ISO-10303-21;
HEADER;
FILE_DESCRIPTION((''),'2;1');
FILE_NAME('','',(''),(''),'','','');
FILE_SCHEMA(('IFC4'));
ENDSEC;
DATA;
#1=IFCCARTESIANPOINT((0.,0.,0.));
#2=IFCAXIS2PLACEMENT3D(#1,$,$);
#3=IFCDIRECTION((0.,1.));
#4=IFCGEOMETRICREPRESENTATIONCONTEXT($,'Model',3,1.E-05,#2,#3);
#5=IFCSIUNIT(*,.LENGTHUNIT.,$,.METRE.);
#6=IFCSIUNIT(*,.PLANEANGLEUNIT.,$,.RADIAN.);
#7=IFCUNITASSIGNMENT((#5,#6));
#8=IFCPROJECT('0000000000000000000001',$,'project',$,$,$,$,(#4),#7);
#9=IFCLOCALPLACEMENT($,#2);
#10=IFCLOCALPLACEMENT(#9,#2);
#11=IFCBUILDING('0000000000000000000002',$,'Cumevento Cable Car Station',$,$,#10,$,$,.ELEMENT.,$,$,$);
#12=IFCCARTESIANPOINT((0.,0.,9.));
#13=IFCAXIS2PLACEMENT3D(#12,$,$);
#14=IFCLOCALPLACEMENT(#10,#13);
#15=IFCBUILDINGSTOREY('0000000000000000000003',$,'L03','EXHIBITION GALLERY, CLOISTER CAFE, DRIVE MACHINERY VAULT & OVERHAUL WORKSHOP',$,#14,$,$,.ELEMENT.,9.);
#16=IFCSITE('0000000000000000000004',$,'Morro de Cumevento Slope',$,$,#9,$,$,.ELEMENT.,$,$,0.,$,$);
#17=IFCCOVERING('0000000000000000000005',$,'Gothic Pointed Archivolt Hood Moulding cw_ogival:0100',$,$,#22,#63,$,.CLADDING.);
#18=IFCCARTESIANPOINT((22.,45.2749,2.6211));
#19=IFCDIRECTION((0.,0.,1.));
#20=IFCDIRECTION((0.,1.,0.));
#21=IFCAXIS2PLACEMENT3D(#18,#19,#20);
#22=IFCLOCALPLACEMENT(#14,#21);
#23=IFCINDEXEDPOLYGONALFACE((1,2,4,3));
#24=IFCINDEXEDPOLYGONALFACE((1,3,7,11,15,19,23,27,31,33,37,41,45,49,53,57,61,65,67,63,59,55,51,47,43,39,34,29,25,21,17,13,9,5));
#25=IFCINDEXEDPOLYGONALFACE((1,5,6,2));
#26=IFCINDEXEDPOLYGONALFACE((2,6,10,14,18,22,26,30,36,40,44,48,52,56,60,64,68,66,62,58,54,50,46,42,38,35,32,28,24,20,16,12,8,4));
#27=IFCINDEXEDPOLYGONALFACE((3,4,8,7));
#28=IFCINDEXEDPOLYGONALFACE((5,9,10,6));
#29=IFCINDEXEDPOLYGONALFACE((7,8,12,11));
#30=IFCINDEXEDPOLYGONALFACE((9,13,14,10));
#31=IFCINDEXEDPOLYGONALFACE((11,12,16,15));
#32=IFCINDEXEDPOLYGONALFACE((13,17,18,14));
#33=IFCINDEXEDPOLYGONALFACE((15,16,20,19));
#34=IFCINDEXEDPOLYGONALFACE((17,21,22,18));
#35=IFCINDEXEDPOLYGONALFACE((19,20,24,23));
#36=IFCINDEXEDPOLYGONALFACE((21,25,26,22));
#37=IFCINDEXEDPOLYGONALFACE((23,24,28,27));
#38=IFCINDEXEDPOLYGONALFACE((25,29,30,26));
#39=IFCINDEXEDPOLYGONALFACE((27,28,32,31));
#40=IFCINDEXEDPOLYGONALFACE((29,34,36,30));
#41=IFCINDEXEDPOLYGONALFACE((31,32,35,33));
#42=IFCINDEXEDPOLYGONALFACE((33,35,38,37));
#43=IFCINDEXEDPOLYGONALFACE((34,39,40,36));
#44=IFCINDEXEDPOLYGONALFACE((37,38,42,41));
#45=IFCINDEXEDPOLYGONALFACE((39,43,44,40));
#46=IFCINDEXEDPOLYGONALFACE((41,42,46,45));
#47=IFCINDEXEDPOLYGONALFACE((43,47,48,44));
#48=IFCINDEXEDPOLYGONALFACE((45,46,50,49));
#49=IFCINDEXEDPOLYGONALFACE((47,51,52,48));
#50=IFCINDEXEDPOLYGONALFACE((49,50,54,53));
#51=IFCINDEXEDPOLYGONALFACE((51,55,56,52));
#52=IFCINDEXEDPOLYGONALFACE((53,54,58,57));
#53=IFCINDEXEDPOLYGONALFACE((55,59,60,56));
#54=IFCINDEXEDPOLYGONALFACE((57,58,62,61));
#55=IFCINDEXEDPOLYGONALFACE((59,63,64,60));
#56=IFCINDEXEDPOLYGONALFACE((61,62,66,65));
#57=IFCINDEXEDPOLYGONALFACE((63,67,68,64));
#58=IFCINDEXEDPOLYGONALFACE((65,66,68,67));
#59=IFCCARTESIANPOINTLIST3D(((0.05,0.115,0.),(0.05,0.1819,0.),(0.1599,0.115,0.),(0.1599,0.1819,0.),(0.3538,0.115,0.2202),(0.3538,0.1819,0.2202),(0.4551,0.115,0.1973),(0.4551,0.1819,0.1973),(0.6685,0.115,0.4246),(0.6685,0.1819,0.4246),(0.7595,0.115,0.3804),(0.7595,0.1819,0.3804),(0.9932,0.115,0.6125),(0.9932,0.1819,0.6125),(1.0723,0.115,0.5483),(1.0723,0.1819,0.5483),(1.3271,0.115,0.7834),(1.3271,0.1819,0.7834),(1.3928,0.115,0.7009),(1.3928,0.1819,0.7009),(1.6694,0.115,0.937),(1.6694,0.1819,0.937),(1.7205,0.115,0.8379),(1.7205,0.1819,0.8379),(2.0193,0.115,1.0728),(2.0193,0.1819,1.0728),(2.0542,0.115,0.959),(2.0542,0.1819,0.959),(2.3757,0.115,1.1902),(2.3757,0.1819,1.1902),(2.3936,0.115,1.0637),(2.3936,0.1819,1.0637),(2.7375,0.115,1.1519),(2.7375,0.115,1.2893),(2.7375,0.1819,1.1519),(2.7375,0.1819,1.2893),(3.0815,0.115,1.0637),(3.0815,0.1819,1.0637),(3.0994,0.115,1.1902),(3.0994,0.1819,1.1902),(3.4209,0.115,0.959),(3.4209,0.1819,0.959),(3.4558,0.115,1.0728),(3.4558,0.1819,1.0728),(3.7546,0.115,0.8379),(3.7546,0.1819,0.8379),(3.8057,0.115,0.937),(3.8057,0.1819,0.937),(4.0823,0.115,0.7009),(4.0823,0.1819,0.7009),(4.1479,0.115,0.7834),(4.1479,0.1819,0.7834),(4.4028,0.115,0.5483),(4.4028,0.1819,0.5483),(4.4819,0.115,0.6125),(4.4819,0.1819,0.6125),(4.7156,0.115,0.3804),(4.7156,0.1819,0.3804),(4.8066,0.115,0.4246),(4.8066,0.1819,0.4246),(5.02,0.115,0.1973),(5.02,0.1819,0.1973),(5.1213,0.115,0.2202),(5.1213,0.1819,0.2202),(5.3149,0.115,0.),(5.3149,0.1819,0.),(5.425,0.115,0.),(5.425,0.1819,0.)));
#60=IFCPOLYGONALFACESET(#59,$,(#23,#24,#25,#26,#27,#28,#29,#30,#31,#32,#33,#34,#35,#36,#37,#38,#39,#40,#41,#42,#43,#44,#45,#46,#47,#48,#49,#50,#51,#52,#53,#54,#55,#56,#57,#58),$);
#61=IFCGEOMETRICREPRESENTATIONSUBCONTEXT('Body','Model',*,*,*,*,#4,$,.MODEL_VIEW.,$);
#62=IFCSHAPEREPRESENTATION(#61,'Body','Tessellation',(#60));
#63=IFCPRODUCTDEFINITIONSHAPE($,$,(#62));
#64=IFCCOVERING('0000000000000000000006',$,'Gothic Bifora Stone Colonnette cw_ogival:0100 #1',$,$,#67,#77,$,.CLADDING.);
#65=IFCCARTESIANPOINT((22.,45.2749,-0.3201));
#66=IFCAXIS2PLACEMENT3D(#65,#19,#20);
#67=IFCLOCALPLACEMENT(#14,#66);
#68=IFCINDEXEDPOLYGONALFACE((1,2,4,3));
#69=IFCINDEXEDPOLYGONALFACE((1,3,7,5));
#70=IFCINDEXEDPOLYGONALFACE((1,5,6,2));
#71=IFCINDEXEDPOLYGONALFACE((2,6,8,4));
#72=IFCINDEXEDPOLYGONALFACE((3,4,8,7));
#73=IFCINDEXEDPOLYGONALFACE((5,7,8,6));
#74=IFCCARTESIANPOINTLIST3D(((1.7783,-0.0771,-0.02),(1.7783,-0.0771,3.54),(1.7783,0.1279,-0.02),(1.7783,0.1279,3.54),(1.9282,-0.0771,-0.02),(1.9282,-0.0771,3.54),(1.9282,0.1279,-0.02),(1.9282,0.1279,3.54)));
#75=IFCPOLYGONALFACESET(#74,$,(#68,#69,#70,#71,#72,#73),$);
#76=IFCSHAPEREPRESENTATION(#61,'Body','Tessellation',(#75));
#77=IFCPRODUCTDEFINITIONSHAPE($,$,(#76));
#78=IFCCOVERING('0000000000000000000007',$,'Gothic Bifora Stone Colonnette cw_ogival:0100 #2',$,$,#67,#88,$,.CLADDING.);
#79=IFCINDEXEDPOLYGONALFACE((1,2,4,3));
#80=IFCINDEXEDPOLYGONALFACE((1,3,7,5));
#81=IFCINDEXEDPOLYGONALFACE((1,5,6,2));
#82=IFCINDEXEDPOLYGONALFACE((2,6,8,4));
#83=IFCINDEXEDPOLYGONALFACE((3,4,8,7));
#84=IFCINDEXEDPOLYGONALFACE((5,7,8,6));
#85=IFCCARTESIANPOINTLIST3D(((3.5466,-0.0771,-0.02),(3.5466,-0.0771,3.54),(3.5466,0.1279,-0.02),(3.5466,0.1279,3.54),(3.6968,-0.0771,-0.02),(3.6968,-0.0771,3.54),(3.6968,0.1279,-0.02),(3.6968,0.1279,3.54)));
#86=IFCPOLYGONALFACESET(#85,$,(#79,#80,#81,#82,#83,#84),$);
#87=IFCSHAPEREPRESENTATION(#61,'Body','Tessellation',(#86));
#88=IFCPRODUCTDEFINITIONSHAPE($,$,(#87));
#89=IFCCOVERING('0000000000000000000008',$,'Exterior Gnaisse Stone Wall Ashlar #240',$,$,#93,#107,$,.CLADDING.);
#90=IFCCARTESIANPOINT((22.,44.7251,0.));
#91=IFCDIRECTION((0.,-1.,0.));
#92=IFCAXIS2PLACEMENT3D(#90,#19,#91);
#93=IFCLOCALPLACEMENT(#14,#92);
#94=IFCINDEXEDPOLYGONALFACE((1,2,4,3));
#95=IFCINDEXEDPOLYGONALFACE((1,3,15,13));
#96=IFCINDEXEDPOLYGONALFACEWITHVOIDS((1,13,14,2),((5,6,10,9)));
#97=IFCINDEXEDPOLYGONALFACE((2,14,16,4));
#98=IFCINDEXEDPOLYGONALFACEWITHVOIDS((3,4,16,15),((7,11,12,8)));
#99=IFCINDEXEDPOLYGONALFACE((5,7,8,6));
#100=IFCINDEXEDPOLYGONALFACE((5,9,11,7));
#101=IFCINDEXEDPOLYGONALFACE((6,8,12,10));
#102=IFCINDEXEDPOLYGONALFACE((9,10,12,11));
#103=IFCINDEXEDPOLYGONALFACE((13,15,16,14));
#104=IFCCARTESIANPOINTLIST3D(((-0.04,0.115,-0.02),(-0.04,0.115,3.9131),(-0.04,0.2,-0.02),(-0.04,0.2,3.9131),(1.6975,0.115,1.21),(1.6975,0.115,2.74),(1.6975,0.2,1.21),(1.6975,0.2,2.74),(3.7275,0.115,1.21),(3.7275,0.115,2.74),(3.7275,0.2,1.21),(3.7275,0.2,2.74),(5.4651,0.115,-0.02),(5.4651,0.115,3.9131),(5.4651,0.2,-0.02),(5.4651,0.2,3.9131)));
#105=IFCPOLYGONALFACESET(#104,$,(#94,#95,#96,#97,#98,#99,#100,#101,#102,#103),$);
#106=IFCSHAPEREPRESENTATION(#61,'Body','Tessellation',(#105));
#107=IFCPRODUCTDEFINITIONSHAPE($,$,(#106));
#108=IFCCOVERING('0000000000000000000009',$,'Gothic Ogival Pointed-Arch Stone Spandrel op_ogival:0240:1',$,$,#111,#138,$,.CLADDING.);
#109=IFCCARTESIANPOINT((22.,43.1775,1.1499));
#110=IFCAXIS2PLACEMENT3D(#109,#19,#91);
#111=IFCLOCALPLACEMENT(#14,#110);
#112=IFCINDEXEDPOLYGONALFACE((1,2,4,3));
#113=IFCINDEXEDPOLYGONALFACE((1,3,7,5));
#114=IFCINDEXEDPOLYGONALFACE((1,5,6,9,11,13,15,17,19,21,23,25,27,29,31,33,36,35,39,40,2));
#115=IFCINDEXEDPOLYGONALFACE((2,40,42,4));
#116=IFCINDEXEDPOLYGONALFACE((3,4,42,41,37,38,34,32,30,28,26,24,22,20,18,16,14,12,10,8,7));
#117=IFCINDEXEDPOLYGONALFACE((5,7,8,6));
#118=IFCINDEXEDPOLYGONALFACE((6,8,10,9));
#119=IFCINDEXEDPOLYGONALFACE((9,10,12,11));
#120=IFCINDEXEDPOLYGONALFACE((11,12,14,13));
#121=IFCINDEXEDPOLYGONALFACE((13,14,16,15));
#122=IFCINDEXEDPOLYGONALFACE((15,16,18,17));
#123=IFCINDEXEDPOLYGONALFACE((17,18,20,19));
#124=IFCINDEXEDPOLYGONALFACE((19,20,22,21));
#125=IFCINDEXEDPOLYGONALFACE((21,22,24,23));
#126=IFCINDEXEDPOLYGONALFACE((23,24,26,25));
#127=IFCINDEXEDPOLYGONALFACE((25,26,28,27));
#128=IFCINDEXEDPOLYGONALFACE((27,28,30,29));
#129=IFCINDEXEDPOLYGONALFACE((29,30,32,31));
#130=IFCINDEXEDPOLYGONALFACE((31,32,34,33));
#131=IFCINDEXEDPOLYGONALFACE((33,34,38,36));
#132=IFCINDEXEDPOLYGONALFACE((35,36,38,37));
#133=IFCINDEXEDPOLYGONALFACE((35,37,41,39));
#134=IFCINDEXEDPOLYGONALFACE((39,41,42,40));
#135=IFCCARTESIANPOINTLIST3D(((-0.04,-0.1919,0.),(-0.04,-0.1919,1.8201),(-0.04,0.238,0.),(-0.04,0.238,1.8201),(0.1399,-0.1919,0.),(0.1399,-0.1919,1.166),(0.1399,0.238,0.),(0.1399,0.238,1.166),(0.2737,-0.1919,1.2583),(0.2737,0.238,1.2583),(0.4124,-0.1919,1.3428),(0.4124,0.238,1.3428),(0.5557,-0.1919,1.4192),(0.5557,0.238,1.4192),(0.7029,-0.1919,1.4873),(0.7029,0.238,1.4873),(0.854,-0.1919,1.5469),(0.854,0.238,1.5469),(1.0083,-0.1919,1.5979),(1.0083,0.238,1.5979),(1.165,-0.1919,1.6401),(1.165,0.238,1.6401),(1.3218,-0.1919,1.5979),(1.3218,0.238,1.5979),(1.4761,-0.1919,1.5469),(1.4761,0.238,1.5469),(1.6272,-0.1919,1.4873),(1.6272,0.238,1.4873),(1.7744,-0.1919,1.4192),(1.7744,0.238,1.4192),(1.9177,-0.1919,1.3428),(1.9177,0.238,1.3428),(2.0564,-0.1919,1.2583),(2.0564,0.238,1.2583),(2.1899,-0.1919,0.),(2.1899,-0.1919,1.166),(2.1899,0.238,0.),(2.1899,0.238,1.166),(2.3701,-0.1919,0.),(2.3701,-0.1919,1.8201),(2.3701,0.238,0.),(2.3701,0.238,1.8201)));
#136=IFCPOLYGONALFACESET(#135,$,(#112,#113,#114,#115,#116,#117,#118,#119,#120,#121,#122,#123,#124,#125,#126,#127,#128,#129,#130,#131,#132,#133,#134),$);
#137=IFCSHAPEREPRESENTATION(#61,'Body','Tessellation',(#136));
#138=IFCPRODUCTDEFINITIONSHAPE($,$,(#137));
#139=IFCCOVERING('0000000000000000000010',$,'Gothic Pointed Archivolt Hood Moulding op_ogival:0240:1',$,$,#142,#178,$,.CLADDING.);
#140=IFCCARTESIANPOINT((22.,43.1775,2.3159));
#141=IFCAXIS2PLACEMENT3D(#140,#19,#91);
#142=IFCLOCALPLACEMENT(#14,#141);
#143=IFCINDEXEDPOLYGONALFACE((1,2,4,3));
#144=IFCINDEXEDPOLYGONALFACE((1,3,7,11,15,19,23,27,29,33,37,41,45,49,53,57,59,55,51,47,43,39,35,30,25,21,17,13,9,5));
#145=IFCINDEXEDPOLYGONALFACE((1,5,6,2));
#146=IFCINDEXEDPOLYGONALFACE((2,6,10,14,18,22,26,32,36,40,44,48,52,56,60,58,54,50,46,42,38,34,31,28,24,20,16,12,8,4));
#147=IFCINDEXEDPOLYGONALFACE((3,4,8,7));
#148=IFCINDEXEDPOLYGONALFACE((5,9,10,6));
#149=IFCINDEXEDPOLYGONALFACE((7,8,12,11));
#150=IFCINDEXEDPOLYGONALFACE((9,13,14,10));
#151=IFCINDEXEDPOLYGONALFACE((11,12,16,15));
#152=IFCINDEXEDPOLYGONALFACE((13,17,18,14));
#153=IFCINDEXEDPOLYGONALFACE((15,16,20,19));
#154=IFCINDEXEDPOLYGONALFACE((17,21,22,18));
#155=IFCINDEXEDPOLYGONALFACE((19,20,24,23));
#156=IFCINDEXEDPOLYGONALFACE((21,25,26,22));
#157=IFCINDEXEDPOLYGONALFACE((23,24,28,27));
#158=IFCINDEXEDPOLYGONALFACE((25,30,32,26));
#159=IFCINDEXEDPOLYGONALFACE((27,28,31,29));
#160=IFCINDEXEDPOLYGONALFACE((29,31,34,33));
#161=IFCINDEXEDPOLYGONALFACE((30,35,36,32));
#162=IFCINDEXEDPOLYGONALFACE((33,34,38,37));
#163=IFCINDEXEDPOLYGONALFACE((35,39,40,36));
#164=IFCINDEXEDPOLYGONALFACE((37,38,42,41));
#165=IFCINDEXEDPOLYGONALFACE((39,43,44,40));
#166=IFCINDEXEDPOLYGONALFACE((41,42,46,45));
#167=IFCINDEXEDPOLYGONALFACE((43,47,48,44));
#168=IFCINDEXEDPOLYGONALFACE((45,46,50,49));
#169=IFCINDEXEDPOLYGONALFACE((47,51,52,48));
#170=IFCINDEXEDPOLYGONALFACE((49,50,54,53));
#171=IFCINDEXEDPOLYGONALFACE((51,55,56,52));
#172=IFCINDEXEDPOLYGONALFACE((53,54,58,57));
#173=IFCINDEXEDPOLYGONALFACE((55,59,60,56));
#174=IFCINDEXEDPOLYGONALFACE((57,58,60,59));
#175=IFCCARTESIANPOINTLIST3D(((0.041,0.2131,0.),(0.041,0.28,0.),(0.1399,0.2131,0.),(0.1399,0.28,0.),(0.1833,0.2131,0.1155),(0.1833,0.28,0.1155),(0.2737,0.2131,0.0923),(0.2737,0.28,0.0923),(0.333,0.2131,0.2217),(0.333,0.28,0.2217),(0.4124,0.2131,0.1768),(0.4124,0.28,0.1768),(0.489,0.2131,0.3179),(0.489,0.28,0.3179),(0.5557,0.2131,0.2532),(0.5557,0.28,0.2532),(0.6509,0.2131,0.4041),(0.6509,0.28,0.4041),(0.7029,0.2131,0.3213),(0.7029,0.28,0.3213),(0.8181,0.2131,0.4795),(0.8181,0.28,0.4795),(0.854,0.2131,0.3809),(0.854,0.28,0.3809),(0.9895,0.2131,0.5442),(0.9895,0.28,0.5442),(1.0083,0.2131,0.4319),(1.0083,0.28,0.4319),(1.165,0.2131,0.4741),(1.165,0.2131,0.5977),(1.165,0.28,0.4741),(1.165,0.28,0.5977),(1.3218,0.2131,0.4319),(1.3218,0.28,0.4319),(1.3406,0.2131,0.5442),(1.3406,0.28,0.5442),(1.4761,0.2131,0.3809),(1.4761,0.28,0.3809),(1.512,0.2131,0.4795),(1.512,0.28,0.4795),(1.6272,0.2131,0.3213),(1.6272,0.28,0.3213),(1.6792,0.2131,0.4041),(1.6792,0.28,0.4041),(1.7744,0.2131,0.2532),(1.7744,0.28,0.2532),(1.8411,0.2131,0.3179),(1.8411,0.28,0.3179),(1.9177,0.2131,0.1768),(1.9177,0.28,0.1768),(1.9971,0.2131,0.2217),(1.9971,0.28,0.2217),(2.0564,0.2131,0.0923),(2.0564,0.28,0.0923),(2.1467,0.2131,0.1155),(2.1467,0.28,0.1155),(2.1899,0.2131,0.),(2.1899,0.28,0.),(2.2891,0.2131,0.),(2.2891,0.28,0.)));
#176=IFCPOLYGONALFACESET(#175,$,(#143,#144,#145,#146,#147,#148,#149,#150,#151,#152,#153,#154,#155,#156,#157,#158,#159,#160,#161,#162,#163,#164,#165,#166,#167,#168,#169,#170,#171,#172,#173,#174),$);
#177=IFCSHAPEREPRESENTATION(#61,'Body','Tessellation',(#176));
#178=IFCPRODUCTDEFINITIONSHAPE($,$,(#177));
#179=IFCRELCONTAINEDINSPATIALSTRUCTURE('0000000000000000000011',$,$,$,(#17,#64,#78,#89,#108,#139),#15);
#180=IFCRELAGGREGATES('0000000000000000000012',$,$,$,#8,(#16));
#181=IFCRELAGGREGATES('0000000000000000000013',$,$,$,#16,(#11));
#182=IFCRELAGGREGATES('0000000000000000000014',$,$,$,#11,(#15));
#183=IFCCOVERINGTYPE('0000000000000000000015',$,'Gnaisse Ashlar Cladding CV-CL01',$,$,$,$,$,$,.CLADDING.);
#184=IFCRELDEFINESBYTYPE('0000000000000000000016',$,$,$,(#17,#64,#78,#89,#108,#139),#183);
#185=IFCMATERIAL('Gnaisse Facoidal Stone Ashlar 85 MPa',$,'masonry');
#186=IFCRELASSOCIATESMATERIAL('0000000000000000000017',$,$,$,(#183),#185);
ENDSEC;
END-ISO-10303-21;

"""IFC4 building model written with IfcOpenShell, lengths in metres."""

from ifc_helpers import new_model, si_unit, direction, frame, origin, place, context, subcontext, project, spatial, polyline, outline, extrude, material, type_object, element, save


model = new_model("IFC4")

# Units and contexts
model_context = context("Model", 3, precision=1e-05, world=origin(), true_north=direction((0.0, 1.0)))
body_context = subcontext(model_context, "Body", "Model", "MODEL_VIEW")
ifc_project = project(units=[si_unit("LENGTHUNIT", "METRE"), si_unit("PLANEANGLEUNIT", "RADIAN")], contexts=[model_context])

# Site, building, storey
site_placement = place(None, origin())
site = spatial("IfcSite", under=ifc_project, at=site_placement, Name="Morro de Cumevento Slope", CompositionType="ELEMENT", RefElevation=0.0)
building_placement = place(site_placement, origin())
building = spatial("IfcBuilding", under=site, at=building_placement, Name="Cumevento Cable Car Station", CompositionType="ELEMENT")
storey_placement = place(building_placement, frame((0.0, 0.0, 9.0)))
storey = spatial("IfcBuildingStorey", under=building, at=storey_placement, Name="L03", Description="EXHIBITION GALLERY, CLOISTER CAFE, DRIVE MACHINERY VAULT & OVERHAUL WORKSHOP", CompositionType="ELEMENT", Elevation=9.0)

# Coverings
ifc_material_1 = material(Name="Gnaisse Facoidal Stone Ashlar 85 MPa", Category="masonry")
covering_type = type_object("IfcCoveringType", Name="Gnaisse Ashlar Cladding CV-CL01", PredefinedType="CLADDING", material=ifc_material_1)
placement_1 = place(storey_placement, frame((22.0, 45.2749, -0.3201), z_axis=(0.0, 0.0, 1.0), x_axis=(0.0, 1.0, 0.0)))
covering_1_placement = place(storey_placement, frame((22.0, 45.2749, 2.6211), z_axis=(0.0, 0.0, 1.0), x_axis=(0.0, 1.0, 0.0)))
element("IfcCovering", 1, at=covering_1_placement, inside=storey, type_object=covering_type, Name="Gothic Pointed Archivolt Hood Moulding cw_ogival:0100", PredefinedType="CLADDING", context=body_context, shape_type="SweptSolid", body=[
    extrude(outline(polyline([(0.1599, 0.0), (0.4551, 0.1973), (0.7595, 0.3804), (1.0723, 0.5483), (1.3928, 0.7009), (1.7205, 0.8379), (2.0542, 0.959), (2.3936, 1.0637), (2.7375, 1.1519), (3.0815, 1.0637), (3.4209, 0.959), (3.7546, 0.8379), (4.0823, 0.7009), (4.4028, 0.5483), (4.7156, 0.3804), (5.02, 0.1973), (5.3149, 0.0), (5.425, 0.0), (5.1213, 0.2202), (4.8066, 0.4246), (4.4819, 0.6125), (4.1479, 0.7834), (3.8057, 0.937), (3.4558, 1.0728), (3.0994, 1.1902), (2.7375, 1.2893), (2.3757, 1.1902), (2.0193, 1.0728), (1.6694, 0.937), (1.3271, 0.7834), (0.9932, 0.6125), (0.6685, 0.4246), (0.3538, 0.2202), (0.05, 0.0), (0.1599, 0.0)])), frame((0.0, 0.1819, 0.0), z_axis=(0.0, -1.0, 0.0), x_axis=(1.0, 0.0, 0.0)), (0.0, 0.0, 1.0), 0.0669),
])
element("IfcCovering", 2, at=placement_1, inside=storey, type_object=covering_type, Name="Gothic Bifora Stone Colonnette cw_ogival:0100 #1", PredefinedType="CLADDING", context=body_context, shape_type="SweptSolid", body=[
    extrude(outline(polyline([(1.7783, -0.02), (1.9282, -0.02), (1.9282, 3.54), (1.7783, 3.54), (1.7783, -0.02)])), frame((0.0, 0.1279, 0.0), z_axis=(0.0, -1.0, 0.0), x_axis=(1.0, 0.0, 0.0)), (0.0, 0.0, 1.0), 0.2051),
])
element("IfcCovering", 3, at=placement_1, inside=storey, type_object=covering_type, Name="Gothic Bifora Stone Colonnette cw_ogival:0100 #2", PredefinedType="CLADDING", context=body_context, shape_type="SweptSolid", body=[
    extrude(outline(polyline([(3.5466, -0.02), (3.6968, -0.02), (3.6968, 3.54), (3.5466, 3.54), (3.5466, -0.02)])), frame((0.0, 0.1279, 0.0), z_axis=(0.0, -1.0, 0.0), x_axis=(1.0, 0.0, 0.0)), (0.0, 0.0, 1.0), 0.2051),
])
covering_2_placement = place(storey_placement, frame((22.0, 44.7251, 0.0), z_axis=(0.0, 0.0, 1.0), x_axis=(0.0, -1.0, 0.0)))
element("IfcCovering", 4, at=covering_2_placement, inside=storey, type_object=covering_type, Name="Exterior Gnaisse Stone Wall Ashlar #240", PredefinedType="CLADDING", context=body_context, shape_type="SweptSolid", body=[
    extrude(outline(polyline([(-0.04, -0.02), (5.4651, -0.02), (5.4651, 3.9131), (-0.04, 3.9131), (-0.04, -0.02)]), holes=[polyline([(1.6975, 1.21), (3.7275, 1.21), (3.7275, 2.74), (1.6975, 2.74), (1.6975, 1.21)])]), frame((0.0, 0.2, 0.0), z_axis=(0.0, -1.0, 0.0), x_axis=(1.0, 0.0, 0.0)), (0.0, 0.0, 1.0), 0.085),
])
covering_3_placement = place(storey_placement, frame((22.0, 43.1775, 1.1499), z_axis=(0.0, 0.0, 1.0), x_axis=(0.0, -1.0, 0.0)))
element("IfcCovering", 5, at=covering_3_placement, inside=storey, type_object=covering_type, Name="Gothic Ogival Pointed-Arch Stone Spandrel op_ogival:0240:1", PredefinedType="CLADDING", context=body_context, shape_type="SweptSolid", body=[
    extrude(outline(polyline([(-0.04, 0.0), (-0.04, 1.8201), (2.3701, 1.8201), (2.3701, 0.0), (2.1899, 0.0), (2.1899, 1.166), (2.0564, 1.2583), (1.9177, 1.3428), (1.7744, 1.4192), (1.6272, 1.4873), (1.4761, 1.5469), (1.3218, 1.5979), (1.165, 1.6401), (1.0083, 1.5979), (0.854, 1.5469), (0.7029, 1.4873), (0.5557, 1.4192), (0.4124, 1.3428), (0.2737, 1.2583), (0.1399, 1.166), (0.1399, 0.0), (-0.04, 0.0)])), frame((0.0, 0.238, 0.0), z_axis=(0.0, -1.0, 0.0), x_axis=(1.0, 0.0, 0.0)), (0.0, 0.0, 1.0), 0.4299),
])
covering_4_placement = place(storey_placement, frame((22.0, 43.1775, 2.3159), z_axis=(0.0, 0.0, 1.0), x_axis=(0.0, -1.0, 0.0)))
element("IfcCovering", 6, at=covering_4_placement, inside=storey, type_object=covering_type, Name="Gothic Pointed Archivolt Hood Moulding op_ogival:0240:1", PredefinedType="CLADDING", context=body_context, shape_type="SweptSolid", body=[
    extrude(outline(polyline([(0.1399, 0.0), (0.2737, 0.0923), (0.4124, 0.1768), (0.5557, 0.2532), (0.7029, 0.3213), (0.854, 0.3809), (1.0083, 0.4319), (1.165, 0.4741), (1.3218, 0.4319), (1.4761, 0.3809), (1.6272, 0.3213), (1.7744, 0.2532), (1.9177, 0.1768), (2.0564, 0.0923), (2.1899, 0.0), (2.2891, 0.0), (2.1467, 0.1155), (1.9971, 0.2217), (1.8411, 0.3179), (1.6792, 0.4041), (1.512, 0.4795), (1.3406, 0.5442), (1.165, 0.5977), (0.9895, 0.5442), (0.8181, 0.4795), (0.6509, 0.4041), (0.489, 0.3179), (0.333, 0.2217), (0.1833, 0.1155), (0.041, 0.0), (0.1399, 0.0)])), frame((0.0, 0.28, 0.0), z_axis=(0.0, -1.0, 0.0), x_axis=(1.0, 0.0, 0.0)), (0.0, 0.0, 1.0), 0.0669),
])

save(model, "model.ifc")
